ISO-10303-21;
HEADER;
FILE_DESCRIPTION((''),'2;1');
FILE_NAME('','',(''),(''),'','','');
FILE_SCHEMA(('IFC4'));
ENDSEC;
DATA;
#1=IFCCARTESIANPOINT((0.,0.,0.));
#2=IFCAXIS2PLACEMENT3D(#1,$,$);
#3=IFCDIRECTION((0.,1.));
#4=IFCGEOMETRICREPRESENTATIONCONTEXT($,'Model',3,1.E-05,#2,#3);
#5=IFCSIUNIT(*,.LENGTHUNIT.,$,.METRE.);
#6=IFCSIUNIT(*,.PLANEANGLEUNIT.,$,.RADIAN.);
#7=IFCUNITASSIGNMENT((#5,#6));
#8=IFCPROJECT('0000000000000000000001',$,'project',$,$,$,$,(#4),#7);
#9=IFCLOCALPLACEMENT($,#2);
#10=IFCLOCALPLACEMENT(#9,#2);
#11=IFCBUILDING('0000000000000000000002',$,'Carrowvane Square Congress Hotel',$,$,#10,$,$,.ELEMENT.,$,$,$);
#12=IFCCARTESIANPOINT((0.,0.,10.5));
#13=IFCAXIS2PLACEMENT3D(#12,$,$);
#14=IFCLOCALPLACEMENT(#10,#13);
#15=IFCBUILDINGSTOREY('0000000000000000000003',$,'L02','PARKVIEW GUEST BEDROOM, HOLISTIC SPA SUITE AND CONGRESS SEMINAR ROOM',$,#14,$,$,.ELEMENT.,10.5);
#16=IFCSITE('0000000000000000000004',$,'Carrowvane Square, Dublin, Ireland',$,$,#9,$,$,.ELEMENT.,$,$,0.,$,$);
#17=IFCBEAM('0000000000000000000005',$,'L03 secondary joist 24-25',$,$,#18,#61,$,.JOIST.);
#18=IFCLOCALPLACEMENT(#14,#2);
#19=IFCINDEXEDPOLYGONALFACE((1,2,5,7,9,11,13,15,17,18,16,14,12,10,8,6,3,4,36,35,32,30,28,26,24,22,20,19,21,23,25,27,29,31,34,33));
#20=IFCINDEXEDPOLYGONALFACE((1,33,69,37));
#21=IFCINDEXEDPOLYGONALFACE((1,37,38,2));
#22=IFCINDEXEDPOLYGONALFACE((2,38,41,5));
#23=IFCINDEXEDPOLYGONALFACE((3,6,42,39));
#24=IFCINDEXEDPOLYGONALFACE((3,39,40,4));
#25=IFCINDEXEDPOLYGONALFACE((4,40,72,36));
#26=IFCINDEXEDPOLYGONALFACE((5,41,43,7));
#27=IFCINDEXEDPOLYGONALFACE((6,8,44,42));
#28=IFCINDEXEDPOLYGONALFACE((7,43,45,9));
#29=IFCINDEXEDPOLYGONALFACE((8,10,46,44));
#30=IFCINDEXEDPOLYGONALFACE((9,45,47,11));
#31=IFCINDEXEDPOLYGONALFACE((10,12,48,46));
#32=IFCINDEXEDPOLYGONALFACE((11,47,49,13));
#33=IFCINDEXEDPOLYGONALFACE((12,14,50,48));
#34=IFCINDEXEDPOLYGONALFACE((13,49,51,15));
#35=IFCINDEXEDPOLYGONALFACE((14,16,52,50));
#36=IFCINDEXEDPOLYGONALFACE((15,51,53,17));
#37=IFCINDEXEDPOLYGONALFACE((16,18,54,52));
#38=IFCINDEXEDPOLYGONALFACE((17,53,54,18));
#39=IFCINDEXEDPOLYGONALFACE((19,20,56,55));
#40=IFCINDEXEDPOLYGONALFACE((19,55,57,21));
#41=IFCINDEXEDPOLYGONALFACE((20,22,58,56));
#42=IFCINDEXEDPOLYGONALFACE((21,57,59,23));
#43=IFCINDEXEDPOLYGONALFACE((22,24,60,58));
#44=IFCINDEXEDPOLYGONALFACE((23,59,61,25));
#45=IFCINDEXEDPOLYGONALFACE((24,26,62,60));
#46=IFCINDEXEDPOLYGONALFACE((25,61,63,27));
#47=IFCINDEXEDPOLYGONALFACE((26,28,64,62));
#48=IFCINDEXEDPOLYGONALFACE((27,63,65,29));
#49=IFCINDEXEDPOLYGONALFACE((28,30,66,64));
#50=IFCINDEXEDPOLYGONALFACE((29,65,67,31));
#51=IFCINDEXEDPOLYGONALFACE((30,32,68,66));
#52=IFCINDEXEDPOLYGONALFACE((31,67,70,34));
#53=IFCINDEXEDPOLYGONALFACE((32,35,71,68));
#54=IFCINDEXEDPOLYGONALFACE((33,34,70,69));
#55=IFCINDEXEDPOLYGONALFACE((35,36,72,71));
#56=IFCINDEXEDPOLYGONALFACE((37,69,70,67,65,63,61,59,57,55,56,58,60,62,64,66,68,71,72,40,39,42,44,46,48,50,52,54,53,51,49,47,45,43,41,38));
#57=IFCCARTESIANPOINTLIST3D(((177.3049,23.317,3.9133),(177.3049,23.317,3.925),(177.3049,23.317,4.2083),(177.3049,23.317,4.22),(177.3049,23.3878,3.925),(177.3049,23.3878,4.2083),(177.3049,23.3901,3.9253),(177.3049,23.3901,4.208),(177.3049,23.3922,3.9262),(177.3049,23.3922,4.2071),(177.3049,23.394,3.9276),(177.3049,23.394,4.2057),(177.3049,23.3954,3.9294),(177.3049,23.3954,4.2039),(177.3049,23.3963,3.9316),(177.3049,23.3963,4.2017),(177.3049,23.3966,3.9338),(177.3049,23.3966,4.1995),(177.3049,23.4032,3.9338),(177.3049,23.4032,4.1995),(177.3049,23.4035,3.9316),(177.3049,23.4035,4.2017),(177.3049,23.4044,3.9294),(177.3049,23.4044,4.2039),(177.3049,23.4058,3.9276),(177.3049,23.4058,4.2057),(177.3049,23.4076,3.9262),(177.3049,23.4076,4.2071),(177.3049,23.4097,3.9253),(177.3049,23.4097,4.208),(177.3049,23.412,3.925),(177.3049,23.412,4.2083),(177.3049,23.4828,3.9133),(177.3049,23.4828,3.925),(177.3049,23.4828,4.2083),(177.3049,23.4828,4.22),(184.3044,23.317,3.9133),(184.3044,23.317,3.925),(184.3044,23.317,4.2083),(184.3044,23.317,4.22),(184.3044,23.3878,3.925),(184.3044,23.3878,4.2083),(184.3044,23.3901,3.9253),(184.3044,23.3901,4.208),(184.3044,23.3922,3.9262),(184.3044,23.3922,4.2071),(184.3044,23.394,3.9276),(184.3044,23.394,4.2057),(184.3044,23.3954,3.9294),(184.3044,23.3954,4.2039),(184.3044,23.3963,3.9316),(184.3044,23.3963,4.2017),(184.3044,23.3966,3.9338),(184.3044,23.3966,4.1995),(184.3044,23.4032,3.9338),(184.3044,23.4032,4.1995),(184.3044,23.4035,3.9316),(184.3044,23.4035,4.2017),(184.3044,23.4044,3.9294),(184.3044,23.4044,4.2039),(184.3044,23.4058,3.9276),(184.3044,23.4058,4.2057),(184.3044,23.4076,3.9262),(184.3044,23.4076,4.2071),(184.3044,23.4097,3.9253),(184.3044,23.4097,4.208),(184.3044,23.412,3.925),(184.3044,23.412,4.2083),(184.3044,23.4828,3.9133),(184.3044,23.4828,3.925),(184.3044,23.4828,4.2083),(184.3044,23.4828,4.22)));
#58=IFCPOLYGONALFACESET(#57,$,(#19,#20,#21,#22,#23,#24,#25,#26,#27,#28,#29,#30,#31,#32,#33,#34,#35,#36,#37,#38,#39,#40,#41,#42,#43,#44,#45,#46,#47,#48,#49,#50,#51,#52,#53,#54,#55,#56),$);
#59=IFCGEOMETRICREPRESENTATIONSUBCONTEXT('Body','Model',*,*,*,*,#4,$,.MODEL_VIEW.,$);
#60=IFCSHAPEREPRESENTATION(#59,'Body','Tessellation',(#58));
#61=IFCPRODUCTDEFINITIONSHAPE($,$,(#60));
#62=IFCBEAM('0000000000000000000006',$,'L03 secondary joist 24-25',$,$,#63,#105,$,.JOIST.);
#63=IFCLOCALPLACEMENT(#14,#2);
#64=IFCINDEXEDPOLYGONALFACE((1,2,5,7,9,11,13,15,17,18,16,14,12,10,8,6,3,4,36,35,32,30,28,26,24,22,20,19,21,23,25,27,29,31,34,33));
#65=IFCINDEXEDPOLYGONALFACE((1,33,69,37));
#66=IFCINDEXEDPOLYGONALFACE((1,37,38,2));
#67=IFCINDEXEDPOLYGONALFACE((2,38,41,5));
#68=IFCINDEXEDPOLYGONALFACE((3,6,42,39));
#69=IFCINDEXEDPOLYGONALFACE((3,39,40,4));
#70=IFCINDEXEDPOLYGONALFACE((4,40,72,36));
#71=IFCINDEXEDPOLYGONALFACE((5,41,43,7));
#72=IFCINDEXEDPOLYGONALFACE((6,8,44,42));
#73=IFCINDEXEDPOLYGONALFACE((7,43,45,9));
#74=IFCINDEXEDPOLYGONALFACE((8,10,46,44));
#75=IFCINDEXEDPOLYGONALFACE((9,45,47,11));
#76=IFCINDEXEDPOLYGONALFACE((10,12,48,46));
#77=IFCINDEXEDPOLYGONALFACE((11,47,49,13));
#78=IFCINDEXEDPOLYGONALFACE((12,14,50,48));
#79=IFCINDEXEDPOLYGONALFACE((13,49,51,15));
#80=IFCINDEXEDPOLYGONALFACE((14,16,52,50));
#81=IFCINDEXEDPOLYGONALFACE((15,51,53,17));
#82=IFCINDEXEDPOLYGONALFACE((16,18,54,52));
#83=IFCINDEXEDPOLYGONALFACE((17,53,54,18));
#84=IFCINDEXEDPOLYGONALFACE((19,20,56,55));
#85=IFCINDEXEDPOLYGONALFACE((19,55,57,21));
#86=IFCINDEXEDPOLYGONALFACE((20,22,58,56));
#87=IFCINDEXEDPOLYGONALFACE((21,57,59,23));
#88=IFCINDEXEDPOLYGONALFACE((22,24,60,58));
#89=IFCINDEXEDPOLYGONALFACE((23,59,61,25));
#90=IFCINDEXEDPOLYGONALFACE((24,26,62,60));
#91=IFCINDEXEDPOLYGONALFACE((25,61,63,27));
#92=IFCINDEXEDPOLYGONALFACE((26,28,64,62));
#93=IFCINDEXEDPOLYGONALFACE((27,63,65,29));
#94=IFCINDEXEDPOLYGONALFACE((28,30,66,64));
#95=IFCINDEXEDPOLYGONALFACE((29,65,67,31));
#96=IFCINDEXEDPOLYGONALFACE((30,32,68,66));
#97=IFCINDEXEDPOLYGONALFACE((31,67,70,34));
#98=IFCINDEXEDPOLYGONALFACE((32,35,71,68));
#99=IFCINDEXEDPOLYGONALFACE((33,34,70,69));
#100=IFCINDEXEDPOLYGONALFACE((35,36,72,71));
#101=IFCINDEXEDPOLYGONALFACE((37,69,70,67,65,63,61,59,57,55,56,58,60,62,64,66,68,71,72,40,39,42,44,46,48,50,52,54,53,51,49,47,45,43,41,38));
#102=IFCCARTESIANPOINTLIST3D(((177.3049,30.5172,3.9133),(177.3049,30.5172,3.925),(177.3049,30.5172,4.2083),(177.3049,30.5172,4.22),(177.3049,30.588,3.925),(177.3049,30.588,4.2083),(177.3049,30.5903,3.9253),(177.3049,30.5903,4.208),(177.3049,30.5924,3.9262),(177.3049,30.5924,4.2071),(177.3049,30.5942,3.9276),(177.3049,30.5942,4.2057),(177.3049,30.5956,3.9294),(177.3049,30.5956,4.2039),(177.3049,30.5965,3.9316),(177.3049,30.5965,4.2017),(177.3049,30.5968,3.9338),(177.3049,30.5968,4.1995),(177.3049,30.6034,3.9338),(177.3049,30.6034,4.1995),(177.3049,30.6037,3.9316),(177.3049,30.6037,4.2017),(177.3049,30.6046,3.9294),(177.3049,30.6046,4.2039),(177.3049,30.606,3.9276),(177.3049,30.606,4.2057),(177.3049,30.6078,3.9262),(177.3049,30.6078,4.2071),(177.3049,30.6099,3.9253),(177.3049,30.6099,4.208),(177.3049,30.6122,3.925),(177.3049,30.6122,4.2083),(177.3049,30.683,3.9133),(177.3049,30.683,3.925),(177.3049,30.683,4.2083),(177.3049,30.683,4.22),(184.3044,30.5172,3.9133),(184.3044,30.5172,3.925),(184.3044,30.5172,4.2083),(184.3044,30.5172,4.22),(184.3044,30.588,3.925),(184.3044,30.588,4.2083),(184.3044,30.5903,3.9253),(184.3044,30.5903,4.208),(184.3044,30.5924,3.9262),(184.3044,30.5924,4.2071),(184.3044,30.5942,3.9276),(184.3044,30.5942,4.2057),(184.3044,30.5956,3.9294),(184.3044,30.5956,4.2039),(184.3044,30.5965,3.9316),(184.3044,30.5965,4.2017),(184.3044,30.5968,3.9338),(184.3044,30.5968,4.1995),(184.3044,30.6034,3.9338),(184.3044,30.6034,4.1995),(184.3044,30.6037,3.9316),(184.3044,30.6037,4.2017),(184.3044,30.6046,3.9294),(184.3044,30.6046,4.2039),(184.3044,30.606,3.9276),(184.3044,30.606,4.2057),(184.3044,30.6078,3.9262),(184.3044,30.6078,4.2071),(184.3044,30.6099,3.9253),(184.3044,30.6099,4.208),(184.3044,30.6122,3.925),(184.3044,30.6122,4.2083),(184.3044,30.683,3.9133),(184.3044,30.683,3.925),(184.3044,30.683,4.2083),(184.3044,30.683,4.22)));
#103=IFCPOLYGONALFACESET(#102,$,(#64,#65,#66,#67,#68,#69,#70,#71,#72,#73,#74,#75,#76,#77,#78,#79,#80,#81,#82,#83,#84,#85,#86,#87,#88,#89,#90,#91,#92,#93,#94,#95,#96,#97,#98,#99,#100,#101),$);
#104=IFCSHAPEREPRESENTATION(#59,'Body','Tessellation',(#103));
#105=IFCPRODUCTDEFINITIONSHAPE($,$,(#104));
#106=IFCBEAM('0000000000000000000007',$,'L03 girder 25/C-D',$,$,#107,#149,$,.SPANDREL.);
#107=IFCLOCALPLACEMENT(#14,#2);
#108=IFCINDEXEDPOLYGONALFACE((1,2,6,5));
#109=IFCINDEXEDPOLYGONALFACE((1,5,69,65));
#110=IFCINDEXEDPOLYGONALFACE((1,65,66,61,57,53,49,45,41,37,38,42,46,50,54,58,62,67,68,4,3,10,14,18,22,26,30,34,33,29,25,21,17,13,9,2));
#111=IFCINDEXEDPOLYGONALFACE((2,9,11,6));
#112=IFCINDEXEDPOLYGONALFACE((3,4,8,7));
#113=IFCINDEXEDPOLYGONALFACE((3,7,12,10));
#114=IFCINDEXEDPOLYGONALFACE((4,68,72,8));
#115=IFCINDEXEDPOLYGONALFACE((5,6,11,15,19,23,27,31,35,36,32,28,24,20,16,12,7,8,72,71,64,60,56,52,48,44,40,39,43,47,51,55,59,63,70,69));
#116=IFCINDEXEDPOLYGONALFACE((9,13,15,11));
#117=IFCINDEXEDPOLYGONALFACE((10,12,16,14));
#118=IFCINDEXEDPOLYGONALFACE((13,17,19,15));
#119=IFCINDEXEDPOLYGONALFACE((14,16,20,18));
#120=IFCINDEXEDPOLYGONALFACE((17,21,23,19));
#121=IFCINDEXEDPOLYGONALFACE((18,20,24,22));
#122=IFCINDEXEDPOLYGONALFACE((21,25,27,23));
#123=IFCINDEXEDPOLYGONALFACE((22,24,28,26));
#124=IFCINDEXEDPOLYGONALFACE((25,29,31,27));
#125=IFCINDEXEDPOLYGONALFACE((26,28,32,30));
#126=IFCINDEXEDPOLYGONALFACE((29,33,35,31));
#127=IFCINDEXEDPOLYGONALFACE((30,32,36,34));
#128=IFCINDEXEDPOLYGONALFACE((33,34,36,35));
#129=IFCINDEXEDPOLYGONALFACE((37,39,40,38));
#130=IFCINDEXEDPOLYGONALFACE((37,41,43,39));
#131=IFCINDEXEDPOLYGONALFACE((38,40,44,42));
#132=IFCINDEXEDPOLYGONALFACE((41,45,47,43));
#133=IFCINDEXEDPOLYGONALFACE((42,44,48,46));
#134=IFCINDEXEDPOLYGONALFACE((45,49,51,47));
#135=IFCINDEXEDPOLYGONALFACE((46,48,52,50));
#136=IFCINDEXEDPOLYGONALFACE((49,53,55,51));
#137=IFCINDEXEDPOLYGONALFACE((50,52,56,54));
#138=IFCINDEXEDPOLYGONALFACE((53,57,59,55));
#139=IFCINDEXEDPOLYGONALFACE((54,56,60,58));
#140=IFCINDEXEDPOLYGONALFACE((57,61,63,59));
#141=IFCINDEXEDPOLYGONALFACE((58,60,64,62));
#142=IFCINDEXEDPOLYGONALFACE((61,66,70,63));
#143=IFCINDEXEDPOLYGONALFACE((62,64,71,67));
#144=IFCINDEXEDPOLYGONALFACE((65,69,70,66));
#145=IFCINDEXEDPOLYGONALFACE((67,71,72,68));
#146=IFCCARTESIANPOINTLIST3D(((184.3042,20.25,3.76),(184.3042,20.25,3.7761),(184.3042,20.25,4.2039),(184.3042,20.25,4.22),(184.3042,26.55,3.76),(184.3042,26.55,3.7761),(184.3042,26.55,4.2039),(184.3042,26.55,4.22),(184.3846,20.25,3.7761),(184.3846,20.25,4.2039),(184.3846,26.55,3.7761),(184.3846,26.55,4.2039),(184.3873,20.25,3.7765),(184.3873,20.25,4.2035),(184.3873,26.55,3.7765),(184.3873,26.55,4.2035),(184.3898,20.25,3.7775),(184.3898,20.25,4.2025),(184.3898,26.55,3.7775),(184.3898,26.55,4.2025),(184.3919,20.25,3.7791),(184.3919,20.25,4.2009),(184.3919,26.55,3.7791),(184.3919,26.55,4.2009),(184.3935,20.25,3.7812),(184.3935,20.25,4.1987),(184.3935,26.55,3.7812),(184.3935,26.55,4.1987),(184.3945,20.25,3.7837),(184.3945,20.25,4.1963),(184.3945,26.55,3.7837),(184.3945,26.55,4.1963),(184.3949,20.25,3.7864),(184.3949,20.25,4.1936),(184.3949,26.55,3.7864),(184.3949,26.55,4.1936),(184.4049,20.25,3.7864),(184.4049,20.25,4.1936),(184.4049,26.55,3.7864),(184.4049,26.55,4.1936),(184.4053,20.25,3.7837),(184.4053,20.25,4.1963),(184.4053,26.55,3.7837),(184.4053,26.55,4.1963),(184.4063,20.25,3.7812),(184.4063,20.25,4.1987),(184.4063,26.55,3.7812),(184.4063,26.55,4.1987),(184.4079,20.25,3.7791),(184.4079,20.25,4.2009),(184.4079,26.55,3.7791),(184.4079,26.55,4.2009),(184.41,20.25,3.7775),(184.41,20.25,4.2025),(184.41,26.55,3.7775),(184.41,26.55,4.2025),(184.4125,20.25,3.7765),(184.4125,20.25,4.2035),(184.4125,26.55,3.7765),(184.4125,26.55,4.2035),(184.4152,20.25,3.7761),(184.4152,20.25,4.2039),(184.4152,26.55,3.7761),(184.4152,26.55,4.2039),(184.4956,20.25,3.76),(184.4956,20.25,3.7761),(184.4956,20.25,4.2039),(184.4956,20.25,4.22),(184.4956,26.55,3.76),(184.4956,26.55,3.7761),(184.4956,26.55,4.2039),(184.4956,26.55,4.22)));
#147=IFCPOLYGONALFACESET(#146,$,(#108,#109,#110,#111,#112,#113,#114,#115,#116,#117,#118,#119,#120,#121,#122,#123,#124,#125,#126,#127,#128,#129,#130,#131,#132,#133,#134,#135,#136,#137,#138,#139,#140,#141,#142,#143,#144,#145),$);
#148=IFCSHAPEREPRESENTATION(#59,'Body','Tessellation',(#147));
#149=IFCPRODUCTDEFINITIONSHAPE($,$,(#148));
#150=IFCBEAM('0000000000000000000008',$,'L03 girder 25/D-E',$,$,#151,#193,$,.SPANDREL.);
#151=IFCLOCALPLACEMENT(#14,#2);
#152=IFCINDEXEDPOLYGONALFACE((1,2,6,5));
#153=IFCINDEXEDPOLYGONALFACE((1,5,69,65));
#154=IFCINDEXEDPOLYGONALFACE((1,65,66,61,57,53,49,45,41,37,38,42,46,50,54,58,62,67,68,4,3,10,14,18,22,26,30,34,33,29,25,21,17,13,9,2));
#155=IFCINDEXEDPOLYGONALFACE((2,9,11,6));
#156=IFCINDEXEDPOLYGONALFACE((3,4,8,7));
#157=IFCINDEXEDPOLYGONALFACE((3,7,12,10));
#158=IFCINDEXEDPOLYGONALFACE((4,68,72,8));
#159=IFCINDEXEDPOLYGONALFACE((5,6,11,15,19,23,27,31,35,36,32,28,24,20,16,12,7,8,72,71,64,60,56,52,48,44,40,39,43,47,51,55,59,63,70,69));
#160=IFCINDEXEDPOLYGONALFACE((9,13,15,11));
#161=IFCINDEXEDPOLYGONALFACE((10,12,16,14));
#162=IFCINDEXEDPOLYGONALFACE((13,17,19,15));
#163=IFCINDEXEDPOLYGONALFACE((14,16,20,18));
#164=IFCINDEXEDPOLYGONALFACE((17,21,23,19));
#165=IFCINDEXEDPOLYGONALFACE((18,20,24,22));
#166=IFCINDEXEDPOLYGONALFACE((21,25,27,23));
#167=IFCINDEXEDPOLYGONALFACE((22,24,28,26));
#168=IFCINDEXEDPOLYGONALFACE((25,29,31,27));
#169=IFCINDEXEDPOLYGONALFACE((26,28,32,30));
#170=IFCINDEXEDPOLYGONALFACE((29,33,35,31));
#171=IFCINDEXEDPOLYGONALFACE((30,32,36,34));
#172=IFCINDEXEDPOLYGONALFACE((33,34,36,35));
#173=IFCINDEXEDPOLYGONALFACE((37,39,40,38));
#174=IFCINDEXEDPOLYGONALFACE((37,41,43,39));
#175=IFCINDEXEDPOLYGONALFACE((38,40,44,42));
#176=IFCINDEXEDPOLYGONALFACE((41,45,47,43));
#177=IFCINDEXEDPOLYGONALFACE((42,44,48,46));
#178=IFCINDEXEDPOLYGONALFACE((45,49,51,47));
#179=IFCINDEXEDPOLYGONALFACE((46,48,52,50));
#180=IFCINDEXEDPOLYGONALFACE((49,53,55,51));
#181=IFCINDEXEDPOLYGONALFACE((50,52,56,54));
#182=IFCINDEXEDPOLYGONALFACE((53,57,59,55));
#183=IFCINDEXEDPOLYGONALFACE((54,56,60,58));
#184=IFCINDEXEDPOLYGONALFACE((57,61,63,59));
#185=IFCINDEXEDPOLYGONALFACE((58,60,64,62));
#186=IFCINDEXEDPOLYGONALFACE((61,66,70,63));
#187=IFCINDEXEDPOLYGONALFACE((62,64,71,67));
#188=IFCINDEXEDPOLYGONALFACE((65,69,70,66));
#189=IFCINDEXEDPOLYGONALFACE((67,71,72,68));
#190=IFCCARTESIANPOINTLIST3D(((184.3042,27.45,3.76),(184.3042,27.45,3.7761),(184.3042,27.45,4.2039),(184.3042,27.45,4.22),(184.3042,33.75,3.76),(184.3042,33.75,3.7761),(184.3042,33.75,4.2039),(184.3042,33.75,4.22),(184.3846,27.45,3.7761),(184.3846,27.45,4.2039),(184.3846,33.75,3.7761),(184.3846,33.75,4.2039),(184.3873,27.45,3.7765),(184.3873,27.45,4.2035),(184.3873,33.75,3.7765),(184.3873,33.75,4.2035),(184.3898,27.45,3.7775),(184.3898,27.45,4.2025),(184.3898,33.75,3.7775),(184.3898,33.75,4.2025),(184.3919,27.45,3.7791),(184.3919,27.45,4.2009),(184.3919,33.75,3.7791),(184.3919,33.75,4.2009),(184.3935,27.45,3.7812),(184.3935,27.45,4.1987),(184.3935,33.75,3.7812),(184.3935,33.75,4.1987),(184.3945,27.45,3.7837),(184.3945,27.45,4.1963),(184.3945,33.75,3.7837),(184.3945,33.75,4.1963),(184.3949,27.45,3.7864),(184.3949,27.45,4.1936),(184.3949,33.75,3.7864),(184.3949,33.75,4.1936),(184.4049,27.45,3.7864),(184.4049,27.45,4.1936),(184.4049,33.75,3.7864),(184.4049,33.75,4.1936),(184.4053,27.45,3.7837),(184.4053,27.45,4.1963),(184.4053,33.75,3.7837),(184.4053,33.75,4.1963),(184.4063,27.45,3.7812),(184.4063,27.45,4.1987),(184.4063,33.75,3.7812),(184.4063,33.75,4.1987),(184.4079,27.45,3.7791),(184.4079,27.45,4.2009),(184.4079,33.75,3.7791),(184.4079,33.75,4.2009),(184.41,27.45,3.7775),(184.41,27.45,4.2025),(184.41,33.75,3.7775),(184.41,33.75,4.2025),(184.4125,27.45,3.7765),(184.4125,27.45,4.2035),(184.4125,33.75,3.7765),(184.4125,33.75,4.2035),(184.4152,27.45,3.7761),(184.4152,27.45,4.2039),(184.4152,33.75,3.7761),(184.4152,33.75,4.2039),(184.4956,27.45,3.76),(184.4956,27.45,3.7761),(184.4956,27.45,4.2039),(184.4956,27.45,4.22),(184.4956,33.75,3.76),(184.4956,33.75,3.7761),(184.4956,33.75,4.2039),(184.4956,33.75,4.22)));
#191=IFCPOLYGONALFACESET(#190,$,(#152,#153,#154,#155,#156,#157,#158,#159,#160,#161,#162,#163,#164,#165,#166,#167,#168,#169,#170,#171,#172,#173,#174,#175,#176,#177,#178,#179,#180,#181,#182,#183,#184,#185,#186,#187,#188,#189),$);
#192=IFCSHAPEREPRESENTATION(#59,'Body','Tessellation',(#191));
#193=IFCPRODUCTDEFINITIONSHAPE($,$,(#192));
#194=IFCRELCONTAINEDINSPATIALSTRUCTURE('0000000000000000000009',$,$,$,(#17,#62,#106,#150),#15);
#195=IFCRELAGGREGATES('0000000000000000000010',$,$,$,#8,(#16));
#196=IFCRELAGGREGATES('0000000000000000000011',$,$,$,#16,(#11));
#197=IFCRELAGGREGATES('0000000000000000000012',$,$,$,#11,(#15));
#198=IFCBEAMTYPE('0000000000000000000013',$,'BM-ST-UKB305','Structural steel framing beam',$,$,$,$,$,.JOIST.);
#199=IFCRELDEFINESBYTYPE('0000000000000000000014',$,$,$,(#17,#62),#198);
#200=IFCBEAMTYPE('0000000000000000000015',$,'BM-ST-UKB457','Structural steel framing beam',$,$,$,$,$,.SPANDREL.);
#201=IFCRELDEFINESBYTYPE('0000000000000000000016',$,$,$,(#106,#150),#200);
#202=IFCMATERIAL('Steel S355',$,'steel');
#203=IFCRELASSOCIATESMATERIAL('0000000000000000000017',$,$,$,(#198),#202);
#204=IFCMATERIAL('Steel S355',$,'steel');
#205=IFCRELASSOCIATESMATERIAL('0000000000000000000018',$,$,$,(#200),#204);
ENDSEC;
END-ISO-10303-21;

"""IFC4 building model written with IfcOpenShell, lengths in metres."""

from ifc_helpers import new_model, si_unit, direction, frame, origin, origin_2d, place, context, subcontext, project, spatial, i_section, extrude, material, material_profile, profile_set, type_object, element, save


model = new_model("IFC4")

# Units and contexts
model_context = context("Model", 3, precision=1e-05, world=origin(), true_north=direction((0.0, 1.0)))
body_context = subcontext(model_context, "Body", "Model", "MODEL_VIEW")
ifc_project = project(units=[si_unit("LENGTHUNIT", "METRE"), si_unit("PLANEANGLEUNIT", "RADIAN")], contexts=[model_context])

# Site, building, storey
site_placement = place(None, origin())
site = spatial("IfcSite", under=ifc_project, at=site_placement, Name="Carrowvane Square, Dublin, Ireland", CompositionType="ELEMENT", RefElevation=0.0)
building_placement = place(site_placement, origin())
building = spatial("IfcBuilding", under=site, at=building_placement, Name="Carrowvane Square Congress Hotel", CompositionType="ELEMENT")
storey_placement = place(building_placement, frame((0.0, 0.0, 10.5)))
storey = spatial("IfcBuildingStorey", under=building, at=storey_placement, Name="L02", Description="PARKVIEW GUEST BEDROOM, HOLISTIC SPA SUITE AND CONGRESS SEMINAR ROOM", CompositionType="ELEMENT", Elevation=10.5)

# Beams
ifc_material_1 = material(Name="Steel S355", Category="steel")
ifc_material_profile_1 = material_profile(ifc_material_1, i_section(OverallWidth=0.1658, OverallDepth=0.3066, WebThickness=0.0066, FlangeThickness=0.0117, FilletRadius=0.0088, at=origin_2d()), Name="UKB 305x165x46")
ifc_profile_set_1 = profile_set([ifc_material_profile_1], Name="Steel S355")
beam_type_1 = type_object("IfcBeamType", Name="BM-ST-UKB305", Description="Structural steel framing beam", PredefinedType="JOIST", material=ifc_profile_set_1)
for number, where, z_axis, x_axis, name in (
    (1, (177.3049, 23.3999, 4.0667), (1.0, 0.0, 0.0), (0.0, 1.0, 0.0), "L03 secondary joist 24-25"),
    (2, (177.3049, 30.6001, 4.0667), (1.0, 0.0, 0.0), (0.0, 1.0, 0.0), "L03 secondary joist 24-25"),
):
    element("IfcBeam", number, at=place(storey_placement, frame(where, z_axis=z_axis, x_axis=x_axis)), inside=storey, type_object=beam_type_1, Name=name, PredefinedType="JOIST", context=body_context, shape_type="SweptSolid", body=[
        extrude(i_section(OverallWidth=0.1658, OverallDepth=0.3066, WebThickness=0.0066, FlangeThickness=0.0117, FilletRadius=0.0088, at=origin_2d()), origin(), (0.0, 0.0, 1.0), 6.9995),
    ])
ifc_material_2 = material(Name="Steel S355", Category="steel")
ifc_material_profile_2 = material_profile(ifc_material_2, i_section(OverallWidth=0.1914, OverallDepth=0.46, WebThickness=0.01, FlangeThickness=0.0161, FilletRadius=0.0103, at=origin_2d()), Name="UKB 457x191x82")
ifc_profile_set_2 = profile_set([ifc_material_profile_2], Name="Steel S355")
beam_type_2 = type_object("IfcBeamType", Name="BM-ST-UKB457", Description="Structural steel framing beam", PredefinedType="SPANDREL", material=ifc_profile_set_2)
for number, where, z_axis, x_axis, name in (
    (3, (184.3999, 20.25, 3.99), (0.0, 1.0, 0.0), (-1.0, 0.0, 0.0), "L03 girder 25/C-D"),
    (4, (184.3999, 27.45, 3.99), (0.0, 1.0, 0.0), (-1.0, 0.0, 0.0), "L03 girder 25/D-E"),
):
    element("IfcBeam", number, at=place(storey_placement, frame(where, z_axis=z_axis, x_axis=x_axis)), inside=storey, type_object=beam_type_2, Name=name, PredefinedType="SPANDREL", context=body_context, shape_type="SweptSolid", body=[
        extrude(i_section(OverallWidth=0.1914, OverallDepth=0.46, WebThickness=0.01, FlangeThickness=0.0161, FilletRadius=0.0103, at=origin_2d()), origin(), (0.0, 0.0, 1.0), 6.3),
    ])

save(model, "model.ifc")
